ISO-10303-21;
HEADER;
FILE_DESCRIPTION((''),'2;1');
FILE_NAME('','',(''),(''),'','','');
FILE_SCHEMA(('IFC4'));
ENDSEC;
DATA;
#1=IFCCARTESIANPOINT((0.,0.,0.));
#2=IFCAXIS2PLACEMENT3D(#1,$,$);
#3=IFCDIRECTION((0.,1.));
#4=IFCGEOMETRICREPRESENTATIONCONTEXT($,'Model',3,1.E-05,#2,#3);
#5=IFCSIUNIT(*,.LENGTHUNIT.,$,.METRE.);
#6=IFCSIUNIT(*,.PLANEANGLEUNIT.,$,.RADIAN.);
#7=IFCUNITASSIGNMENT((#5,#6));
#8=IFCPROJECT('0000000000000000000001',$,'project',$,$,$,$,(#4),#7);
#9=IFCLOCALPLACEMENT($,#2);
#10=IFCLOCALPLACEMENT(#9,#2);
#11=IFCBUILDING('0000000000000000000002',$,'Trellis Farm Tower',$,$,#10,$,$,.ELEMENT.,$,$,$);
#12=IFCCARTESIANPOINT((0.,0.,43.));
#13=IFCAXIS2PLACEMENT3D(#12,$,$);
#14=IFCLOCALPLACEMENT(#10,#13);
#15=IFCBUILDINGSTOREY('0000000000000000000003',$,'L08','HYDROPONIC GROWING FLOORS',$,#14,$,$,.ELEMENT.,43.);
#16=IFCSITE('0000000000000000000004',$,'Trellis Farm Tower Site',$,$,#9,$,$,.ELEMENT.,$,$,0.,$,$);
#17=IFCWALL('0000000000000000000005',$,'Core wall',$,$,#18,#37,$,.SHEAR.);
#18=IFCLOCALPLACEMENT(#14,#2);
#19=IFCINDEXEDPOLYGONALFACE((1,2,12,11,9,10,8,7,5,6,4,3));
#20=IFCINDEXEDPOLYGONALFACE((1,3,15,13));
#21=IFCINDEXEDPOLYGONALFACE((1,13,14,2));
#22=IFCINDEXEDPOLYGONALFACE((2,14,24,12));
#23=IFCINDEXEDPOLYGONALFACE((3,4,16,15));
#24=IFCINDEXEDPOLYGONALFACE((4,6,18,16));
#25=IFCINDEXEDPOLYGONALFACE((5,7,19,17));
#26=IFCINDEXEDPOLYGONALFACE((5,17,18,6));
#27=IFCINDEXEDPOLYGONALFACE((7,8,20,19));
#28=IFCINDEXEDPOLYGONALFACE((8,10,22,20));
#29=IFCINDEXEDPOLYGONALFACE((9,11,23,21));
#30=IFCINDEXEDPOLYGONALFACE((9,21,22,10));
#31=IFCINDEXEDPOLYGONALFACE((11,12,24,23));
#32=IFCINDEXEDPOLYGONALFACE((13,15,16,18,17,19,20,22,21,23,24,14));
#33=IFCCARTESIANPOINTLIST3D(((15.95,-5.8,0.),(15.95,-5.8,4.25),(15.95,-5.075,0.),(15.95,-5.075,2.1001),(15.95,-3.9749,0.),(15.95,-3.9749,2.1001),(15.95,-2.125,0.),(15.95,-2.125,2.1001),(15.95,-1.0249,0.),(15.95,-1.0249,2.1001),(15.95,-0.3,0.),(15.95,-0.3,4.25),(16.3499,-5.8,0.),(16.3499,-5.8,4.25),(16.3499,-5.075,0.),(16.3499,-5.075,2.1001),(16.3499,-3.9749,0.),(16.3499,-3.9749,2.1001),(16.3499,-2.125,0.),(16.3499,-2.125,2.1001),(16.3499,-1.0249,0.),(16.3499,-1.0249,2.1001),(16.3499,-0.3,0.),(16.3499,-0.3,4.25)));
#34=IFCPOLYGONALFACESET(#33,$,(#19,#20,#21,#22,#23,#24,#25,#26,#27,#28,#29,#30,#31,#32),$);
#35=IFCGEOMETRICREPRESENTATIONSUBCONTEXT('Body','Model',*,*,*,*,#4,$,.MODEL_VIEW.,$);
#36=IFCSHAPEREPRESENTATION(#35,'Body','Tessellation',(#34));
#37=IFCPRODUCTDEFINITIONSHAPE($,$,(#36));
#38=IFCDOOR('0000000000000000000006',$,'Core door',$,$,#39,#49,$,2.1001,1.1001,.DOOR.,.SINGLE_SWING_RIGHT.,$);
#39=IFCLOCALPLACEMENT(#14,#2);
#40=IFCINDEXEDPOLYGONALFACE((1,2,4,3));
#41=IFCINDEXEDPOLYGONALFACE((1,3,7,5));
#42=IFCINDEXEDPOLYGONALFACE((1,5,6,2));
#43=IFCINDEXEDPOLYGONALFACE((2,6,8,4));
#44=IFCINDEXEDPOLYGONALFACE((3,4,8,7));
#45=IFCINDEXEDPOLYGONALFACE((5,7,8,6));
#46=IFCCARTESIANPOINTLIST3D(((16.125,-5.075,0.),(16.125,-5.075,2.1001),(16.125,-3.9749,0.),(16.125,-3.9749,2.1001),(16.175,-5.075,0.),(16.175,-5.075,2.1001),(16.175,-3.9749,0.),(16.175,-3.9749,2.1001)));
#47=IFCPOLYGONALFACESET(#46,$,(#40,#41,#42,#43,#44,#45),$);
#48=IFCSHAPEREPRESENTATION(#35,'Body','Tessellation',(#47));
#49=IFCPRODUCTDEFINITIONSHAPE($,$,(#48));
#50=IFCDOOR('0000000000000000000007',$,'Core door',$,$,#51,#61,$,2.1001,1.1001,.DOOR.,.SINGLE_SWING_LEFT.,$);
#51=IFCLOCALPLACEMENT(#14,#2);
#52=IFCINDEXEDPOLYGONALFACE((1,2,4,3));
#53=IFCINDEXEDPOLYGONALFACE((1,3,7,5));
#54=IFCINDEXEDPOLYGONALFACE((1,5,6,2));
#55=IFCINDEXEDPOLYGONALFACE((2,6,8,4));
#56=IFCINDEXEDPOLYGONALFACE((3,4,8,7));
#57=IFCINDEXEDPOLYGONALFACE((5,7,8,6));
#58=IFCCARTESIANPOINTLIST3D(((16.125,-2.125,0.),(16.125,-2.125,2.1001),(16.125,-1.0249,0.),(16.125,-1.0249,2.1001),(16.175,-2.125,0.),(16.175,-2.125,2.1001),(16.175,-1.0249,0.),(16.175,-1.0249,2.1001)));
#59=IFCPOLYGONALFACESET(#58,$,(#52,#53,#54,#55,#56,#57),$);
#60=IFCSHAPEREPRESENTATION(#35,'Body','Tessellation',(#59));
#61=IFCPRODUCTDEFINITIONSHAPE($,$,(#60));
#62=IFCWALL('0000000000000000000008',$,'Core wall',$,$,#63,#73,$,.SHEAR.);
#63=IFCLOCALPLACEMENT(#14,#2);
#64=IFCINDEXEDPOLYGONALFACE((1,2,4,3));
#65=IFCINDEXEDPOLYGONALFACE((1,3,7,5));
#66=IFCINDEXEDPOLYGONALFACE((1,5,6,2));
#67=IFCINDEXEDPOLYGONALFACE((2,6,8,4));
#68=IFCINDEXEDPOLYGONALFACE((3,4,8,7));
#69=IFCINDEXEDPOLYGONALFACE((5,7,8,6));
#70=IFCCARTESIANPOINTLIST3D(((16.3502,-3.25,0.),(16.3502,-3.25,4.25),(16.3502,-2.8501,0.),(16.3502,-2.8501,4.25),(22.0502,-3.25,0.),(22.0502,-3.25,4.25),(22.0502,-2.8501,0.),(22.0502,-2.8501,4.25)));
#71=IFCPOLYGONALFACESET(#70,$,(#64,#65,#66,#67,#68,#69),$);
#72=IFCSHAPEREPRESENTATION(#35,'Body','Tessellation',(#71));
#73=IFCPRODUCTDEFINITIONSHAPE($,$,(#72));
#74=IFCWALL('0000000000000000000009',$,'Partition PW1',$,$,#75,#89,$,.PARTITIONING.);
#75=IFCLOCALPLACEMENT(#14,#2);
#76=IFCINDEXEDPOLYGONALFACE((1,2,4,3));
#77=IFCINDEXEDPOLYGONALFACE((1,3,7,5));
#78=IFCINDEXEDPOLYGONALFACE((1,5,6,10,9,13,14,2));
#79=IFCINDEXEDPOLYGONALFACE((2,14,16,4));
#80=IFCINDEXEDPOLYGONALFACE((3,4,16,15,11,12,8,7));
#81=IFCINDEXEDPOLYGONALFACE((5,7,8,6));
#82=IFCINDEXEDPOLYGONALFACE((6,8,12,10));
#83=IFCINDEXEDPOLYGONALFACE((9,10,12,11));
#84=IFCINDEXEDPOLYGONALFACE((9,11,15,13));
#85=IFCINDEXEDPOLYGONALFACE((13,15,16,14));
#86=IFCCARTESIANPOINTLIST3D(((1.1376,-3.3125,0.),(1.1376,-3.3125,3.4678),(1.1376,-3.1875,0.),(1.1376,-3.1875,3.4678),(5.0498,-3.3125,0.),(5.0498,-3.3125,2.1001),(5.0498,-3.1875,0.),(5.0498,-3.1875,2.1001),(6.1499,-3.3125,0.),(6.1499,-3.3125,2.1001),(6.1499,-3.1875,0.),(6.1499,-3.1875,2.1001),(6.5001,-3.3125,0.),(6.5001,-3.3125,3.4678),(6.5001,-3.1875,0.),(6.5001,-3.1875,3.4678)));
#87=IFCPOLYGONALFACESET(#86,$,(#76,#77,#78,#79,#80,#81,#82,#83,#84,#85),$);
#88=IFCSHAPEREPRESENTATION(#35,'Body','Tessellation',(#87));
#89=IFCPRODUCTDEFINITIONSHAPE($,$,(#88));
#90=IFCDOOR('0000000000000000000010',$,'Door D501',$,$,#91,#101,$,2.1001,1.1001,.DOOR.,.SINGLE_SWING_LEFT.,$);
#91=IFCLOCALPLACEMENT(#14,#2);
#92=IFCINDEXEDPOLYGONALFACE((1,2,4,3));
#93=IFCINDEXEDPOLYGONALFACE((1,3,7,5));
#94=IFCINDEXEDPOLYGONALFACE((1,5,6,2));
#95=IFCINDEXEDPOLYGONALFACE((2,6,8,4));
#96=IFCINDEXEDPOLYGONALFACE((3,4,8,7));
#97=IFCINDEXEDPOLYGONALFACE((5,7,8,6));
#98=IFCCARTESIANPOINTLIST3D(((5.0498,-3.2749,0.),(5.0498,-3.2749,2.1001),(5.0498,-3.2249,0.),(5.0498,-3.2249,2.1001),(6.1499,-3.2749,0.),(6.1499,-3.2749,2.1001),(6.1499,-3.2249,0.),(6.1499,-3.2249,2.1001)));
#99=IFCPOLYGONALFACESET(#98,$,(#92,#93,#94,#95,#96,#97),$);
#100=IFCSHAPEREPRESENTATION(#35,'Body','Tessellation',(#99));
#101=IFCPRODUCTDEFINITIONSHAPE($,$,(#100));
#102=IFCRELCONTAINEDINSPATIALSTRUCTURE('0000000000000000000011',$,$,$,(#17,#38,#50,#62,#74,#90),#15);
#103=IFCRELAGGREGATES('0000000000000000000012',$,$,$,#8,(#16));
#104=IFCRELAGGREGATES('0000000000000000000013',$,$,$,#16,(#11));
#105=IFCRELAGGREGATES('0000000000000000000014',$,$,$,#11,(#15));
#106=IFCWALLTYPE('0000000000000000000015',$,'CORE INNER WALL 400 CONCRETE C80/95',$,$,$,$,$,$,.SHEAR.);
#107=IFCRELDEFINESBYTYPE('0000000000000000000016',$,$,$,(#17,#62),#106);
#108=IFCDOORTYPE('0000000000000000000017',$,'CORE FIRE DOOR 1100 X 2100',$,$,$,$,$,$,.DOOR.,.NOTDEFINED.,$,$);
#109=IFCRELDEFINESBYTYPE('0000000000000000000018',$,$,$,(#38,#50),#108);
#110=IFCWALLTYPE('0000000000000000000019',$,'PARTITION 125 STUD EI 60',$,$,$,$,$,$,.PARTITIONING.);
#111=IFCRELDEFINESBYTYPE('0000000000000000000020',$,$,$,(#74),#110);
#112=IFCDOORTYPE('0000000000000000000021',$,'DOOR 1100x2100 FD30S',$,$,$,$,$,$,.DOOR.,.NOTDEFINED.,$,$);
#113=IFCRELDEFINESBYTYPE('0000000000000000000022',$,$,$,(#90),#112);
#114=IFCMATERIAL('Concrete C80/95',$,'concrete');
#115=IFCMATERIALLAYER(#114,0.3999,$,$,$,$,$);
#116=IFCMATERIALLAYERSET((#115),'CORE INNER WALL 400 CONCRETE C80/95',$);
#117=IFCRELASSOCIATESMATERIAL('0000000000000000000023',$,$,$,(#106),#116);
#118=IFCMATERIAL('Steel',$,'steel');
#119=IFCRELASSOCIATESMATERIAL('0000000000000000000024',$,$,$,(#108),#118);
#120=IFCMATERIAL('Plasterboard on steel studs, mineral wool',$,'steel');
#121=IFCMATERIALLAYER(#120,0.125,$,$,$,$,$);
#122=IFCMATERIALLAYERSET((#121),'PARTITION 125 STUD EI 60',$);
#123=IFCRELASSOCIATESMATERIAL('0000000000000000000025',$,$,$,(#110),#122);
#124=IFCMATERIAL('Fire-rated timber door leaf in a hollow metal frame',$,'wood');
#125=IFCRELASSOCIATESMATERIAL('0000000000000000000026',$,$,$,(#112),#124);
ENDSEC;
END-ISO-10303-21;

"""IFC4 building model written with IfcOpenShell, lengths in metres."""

from ifc_helpers import new_model, si_unit, direction, frame, frame_2d, origin, place, context, subcontext, project, spatial, rectangle, extrude, source, transform, mapped, material, layer, layer_set, type_object, element, fill, save


model = new_model("IFC4")

# Units and contexts
model_context = context("Model", 3, precision=1e-05, world=origin(), true_north=direction((0.0, 1.0)))
body_context = subcontext(model_context, "Body", "Model", "MODEL_VIEW")
ifc_project = project(units=[si_unit("LENGTHUNIT", "METRE"), si_unit("PLANEANGLEUNIT", "RADIAN")], contexts=[model_context])

# Site, building, storey
site_placement = place(None, origin())
site = spatial("IfcSite", under=ifc_project, at=site_placement, Name="Trellis Farm Tower Site", CompositionType="ELEMENT", RefElevation=0.0)
building_placement = place(site_placement, origin())
building = spatial("IfcBuilding", under=site, at=building_placement, Name="Trellis Farm Tower", CompositionType="ELEMENT")
storey_placement = place(building_placement, frame((0.0, 0.0, 43.0)))
storey = spatial("IfcBuildingStorey", under=building, at=storey_placement, Name="L08", Description="HYDROPONIC GROWING FLOORS", CompositionType="ELEMENT", Elevation=43.0)

# Shared definitions
ifc_material_1 = material(Name="Concrete C80/95", Category="concrete")

# Shared definitions
ifc_material_2 = material(Name="Steel", Category="steel")

# Shared definitions
ifc_layer_1 = layer(ifc_material_1, 0.3999)
ifc_layer_set_1 = layer_set([ifc_layer_1], Name="CORE INNER WALL 400 CONCRETE C80/95")
wall_type_1 = type_object("IfcWallType", Name="CORE INNER WALL 400 CONCRETE C80/95", PredefinedType="SHEAR", material=ifc_layer_set_1)

# Shared definitions
shared_shape_1 = source(origin(), body_context, "Body", "SweptSolid", [
    extrude(rectangle(XDim=1.1001, YDim=2.1001, at=frame_2d((0.55, 1.05))), frame((0.0, 0.21, 0.0), z_axis=(0.0, -1.0, 0.0), x_axis=(1.0, 0.0, 0.0)), (0.0, 0.0, 1.0), 0.4199),
])
shared_shape_2 = source(origin(), body_context, "Body", "SweptSolid", [
    extrude(rectangle(XDim=1.1001, YDim=2.1001, at=frame_2d((0.55, 1.05))), frame((0.0, 0.0249, 0.0), z_axis=(0.0, -1.0, 0.0), x_axis=(1.0, 0.0, 0.0)), (0.0, 0.0, 1.0), 0.05),
])

# Wall, openings, doors
shared_shape_3 = source(origin(), body_context, "Body", "SweptSolid", [
    extrude(rectangle(XDim=5.5, YDim=0.3999, at=frame_2d((2.75, 0.0))), origin(), (0.0, 0.0, 1.0), 4.25),
])
wall_1_placement = place(storey_placement, frame((16.1499, -5.8, 0.0), z_axis=(0.0, 0.0, 1.0), x_axis=(0.0, 1.0, 0.0)))
wall_1 = element("IfcWall", 1, at=wall_1_placement, inside=storey, type_object=wall_type_1, Name="Core wall", PredefinedType="SHEAR", context=body_context, shape_type="MappedRepresentation", body=[
    mapped(shared_shape_3, transform((0.0, 0.0, 0.0))),
])
opening_1_placement = place(wall_1_placement, frame((0.7251, 0.0, 0.0)))
opening_1 = element("IfcOpeningElement", 2, at=opening_1_placement, cuts=wall_1, PredefinedType="OPENING", context=body_context, shape_type="MappedRepresentation", body=[
    mapped(shared_shape_1, transform((0.0, 0.0, 0.0))),
])
opening_2_placement = place(wall_1_placement, frame((3.675, 0.0, 0.0)))
opening_2 = element("IfcOpeningElement", 3, at=opening_2_placement, cuts=wall_1, PredefinedType="OPENING", context=body_context, shape_type="MappedRepresentation", body=[
    mapped(shared_shape_1, transform((0.0, 0.0, 0.0))),
])
door_type_1 = type_object("IfcDoorType", Name="CORE FIRE DOOR 1100 X 2100", OperationType="NOTDEFINED", PredefinedType="DOOR", material=ifc_material_2)
door_1_placement = place(opening_1_placement, origin())
door_1 = element("IfcDoor", 4, at=door_1_placement, inside=storey, type_object=door_type_1, Name="Core door", OperationType="SINGLE_SWING_RIGHT", OverallHeight=2.1001, OverallWidth=1.1001, PredefinedType="DOOR", context=body_context, shape_type="MappedRepresentation", body=[
    mapped(shared_shape_2, transform((0.0, 0.0, 0.0))),
])
fill(opening_1, door_1)
door_2_placement = place(opening_2_placement, origin())
door_2 = element("IfcDoor", 5, at=door_2_placement, inside=storey, type_object=door_type_1, Name="Core door", OperationType="SINGLE_SWING_LEFT", OverallHeight=2.1001, OverallWidth=1.1001, PredefinedType="DOOR", context=body_context, shape_type="MappedRepresentation", body=[
    mapped(shared_shape_2, transform((0.0, 0.0, 0.0))),
])
fill(opening_2, door_2)

# Wall
shared_shape_4 = source(origin(), body_context, "Body", "SweptSolid", [
    extrude(rectangle(XDim=5.7, YDim=0.3999, at=frame_2d((2.8501, 0.0))), origin(), (0.0, 0.0, 1.0), 4.25),
])
wall_2_placement = place(storey_placement, frame((16.3501, -3.05, 0.0), z_axis=(0.0, 0.0, 1.0), x_axis=(1.0, 0.0, 0.0)))
element("IfcWall", 6, at=wall_2_placement, inside=storey, type_object=wall_type_1, Name="Core wall", PredefinedType="SHEAR", context=body_context, shape_type="MappedRepresentation", body=[
    mapped(shared_shape_4, transform((0.0, 0.0, 0.0))),
])

# Wall, opening, door
ifc_material_3 = material(Name="Plasterboard on steel studs, mineral wool", Category="steel")
ifc_layer_2 = layer(ifc_material_3, 0.125)
ifc_layer_set_2 = layer_set([ifc_layer_2], Name="PARTITION 125 STUD EI 60")
wall_type_2 = type_object("IfcWallType", Name="PARTITION 125 STUD EI 60", PredefinedType="PARTITIONING", material=ifc_layer_set_2)
shared_shape_5 = source(origin(), body_context, "Body", "SweptSolid", [
    extrude(rectangle(XDim=5.3625, YDim=0.125, at=frame_2d((2.6812, 0.0))), origin(), (0.0, 0.0, 1.0), 3.4678),
])
wall_3_placement = place(storey_placement, frame((6.5, -3.25, 0.0), z_axis=(0.0, 0.0, 1.0), x_axis=(-1.0, 0.0, 0.0)))
wall_3 = element("IfcWall", 7, at=wall_3_placement, inside=storey, type_object=wall_type_2, Name="Partition PW1", PredefinedType="PARTITIONING", context=body_context, shape_type="MappedRepresentation", body=[
    mapped(shared_shape_5, transform((0.0, 0.0, 0.0))),
])
shared_shape_6 = source(origin(), body_context, "Body", "SweptSolid", [
    extrude(rectangle(XDim=1.1001, YDim=2.1001, at=frame_2d((0.55, 1.05))), frame((0.0, 0.0725, 0.0), z_axis=(0.0, -1.0, 0.0), x_axis=(1.0, 0.0, 0.0)), (0.0, 0.0, 1.0), 0.145),
])
opening_3_placement = place(wall_3_placement, frame((0.3501, 0.0, 0.0)))
opening_3 = element("IfcOpeningElement", 8, at=opening_3_placement, cuts=wall_3, PredefinedType="OPENING", context=body_context, shape_type="MappedRepresentation", body=[
    mapped(shared_shape_6, transform((0.0, 0.0, 0.0))),
])
ifc_material_4 = material(Name="Fire-rated timber door leaf in a hollow metal frame", Category="wood")
door_type_2 = type_object("IfcDoorType", Name="DOOR 1100x2100 FD30S", OperationType="NOTDEFINED", PredefinedType="DOOR", material=ifc_material_4)
door_3_placement = place(opening_3_placement, origin())
door_3 = element("IfcDoor", 9, at=door_3_placement, inside=storey, type_object=door_type_2, Name="Door D501", OperationType="SINGLE_SWING_LEFT", OverallHeight=2.1001, OverallWidth=1.1001, PredefinedType="DOOR", context=body_context, shape_type="MappedRepresentation", body=[
    mapped(shared_shape_2, transform((0.0, 0.0, 0.0))),
])
fill(opening_3, door_3)

save(model, "model.ifc")
